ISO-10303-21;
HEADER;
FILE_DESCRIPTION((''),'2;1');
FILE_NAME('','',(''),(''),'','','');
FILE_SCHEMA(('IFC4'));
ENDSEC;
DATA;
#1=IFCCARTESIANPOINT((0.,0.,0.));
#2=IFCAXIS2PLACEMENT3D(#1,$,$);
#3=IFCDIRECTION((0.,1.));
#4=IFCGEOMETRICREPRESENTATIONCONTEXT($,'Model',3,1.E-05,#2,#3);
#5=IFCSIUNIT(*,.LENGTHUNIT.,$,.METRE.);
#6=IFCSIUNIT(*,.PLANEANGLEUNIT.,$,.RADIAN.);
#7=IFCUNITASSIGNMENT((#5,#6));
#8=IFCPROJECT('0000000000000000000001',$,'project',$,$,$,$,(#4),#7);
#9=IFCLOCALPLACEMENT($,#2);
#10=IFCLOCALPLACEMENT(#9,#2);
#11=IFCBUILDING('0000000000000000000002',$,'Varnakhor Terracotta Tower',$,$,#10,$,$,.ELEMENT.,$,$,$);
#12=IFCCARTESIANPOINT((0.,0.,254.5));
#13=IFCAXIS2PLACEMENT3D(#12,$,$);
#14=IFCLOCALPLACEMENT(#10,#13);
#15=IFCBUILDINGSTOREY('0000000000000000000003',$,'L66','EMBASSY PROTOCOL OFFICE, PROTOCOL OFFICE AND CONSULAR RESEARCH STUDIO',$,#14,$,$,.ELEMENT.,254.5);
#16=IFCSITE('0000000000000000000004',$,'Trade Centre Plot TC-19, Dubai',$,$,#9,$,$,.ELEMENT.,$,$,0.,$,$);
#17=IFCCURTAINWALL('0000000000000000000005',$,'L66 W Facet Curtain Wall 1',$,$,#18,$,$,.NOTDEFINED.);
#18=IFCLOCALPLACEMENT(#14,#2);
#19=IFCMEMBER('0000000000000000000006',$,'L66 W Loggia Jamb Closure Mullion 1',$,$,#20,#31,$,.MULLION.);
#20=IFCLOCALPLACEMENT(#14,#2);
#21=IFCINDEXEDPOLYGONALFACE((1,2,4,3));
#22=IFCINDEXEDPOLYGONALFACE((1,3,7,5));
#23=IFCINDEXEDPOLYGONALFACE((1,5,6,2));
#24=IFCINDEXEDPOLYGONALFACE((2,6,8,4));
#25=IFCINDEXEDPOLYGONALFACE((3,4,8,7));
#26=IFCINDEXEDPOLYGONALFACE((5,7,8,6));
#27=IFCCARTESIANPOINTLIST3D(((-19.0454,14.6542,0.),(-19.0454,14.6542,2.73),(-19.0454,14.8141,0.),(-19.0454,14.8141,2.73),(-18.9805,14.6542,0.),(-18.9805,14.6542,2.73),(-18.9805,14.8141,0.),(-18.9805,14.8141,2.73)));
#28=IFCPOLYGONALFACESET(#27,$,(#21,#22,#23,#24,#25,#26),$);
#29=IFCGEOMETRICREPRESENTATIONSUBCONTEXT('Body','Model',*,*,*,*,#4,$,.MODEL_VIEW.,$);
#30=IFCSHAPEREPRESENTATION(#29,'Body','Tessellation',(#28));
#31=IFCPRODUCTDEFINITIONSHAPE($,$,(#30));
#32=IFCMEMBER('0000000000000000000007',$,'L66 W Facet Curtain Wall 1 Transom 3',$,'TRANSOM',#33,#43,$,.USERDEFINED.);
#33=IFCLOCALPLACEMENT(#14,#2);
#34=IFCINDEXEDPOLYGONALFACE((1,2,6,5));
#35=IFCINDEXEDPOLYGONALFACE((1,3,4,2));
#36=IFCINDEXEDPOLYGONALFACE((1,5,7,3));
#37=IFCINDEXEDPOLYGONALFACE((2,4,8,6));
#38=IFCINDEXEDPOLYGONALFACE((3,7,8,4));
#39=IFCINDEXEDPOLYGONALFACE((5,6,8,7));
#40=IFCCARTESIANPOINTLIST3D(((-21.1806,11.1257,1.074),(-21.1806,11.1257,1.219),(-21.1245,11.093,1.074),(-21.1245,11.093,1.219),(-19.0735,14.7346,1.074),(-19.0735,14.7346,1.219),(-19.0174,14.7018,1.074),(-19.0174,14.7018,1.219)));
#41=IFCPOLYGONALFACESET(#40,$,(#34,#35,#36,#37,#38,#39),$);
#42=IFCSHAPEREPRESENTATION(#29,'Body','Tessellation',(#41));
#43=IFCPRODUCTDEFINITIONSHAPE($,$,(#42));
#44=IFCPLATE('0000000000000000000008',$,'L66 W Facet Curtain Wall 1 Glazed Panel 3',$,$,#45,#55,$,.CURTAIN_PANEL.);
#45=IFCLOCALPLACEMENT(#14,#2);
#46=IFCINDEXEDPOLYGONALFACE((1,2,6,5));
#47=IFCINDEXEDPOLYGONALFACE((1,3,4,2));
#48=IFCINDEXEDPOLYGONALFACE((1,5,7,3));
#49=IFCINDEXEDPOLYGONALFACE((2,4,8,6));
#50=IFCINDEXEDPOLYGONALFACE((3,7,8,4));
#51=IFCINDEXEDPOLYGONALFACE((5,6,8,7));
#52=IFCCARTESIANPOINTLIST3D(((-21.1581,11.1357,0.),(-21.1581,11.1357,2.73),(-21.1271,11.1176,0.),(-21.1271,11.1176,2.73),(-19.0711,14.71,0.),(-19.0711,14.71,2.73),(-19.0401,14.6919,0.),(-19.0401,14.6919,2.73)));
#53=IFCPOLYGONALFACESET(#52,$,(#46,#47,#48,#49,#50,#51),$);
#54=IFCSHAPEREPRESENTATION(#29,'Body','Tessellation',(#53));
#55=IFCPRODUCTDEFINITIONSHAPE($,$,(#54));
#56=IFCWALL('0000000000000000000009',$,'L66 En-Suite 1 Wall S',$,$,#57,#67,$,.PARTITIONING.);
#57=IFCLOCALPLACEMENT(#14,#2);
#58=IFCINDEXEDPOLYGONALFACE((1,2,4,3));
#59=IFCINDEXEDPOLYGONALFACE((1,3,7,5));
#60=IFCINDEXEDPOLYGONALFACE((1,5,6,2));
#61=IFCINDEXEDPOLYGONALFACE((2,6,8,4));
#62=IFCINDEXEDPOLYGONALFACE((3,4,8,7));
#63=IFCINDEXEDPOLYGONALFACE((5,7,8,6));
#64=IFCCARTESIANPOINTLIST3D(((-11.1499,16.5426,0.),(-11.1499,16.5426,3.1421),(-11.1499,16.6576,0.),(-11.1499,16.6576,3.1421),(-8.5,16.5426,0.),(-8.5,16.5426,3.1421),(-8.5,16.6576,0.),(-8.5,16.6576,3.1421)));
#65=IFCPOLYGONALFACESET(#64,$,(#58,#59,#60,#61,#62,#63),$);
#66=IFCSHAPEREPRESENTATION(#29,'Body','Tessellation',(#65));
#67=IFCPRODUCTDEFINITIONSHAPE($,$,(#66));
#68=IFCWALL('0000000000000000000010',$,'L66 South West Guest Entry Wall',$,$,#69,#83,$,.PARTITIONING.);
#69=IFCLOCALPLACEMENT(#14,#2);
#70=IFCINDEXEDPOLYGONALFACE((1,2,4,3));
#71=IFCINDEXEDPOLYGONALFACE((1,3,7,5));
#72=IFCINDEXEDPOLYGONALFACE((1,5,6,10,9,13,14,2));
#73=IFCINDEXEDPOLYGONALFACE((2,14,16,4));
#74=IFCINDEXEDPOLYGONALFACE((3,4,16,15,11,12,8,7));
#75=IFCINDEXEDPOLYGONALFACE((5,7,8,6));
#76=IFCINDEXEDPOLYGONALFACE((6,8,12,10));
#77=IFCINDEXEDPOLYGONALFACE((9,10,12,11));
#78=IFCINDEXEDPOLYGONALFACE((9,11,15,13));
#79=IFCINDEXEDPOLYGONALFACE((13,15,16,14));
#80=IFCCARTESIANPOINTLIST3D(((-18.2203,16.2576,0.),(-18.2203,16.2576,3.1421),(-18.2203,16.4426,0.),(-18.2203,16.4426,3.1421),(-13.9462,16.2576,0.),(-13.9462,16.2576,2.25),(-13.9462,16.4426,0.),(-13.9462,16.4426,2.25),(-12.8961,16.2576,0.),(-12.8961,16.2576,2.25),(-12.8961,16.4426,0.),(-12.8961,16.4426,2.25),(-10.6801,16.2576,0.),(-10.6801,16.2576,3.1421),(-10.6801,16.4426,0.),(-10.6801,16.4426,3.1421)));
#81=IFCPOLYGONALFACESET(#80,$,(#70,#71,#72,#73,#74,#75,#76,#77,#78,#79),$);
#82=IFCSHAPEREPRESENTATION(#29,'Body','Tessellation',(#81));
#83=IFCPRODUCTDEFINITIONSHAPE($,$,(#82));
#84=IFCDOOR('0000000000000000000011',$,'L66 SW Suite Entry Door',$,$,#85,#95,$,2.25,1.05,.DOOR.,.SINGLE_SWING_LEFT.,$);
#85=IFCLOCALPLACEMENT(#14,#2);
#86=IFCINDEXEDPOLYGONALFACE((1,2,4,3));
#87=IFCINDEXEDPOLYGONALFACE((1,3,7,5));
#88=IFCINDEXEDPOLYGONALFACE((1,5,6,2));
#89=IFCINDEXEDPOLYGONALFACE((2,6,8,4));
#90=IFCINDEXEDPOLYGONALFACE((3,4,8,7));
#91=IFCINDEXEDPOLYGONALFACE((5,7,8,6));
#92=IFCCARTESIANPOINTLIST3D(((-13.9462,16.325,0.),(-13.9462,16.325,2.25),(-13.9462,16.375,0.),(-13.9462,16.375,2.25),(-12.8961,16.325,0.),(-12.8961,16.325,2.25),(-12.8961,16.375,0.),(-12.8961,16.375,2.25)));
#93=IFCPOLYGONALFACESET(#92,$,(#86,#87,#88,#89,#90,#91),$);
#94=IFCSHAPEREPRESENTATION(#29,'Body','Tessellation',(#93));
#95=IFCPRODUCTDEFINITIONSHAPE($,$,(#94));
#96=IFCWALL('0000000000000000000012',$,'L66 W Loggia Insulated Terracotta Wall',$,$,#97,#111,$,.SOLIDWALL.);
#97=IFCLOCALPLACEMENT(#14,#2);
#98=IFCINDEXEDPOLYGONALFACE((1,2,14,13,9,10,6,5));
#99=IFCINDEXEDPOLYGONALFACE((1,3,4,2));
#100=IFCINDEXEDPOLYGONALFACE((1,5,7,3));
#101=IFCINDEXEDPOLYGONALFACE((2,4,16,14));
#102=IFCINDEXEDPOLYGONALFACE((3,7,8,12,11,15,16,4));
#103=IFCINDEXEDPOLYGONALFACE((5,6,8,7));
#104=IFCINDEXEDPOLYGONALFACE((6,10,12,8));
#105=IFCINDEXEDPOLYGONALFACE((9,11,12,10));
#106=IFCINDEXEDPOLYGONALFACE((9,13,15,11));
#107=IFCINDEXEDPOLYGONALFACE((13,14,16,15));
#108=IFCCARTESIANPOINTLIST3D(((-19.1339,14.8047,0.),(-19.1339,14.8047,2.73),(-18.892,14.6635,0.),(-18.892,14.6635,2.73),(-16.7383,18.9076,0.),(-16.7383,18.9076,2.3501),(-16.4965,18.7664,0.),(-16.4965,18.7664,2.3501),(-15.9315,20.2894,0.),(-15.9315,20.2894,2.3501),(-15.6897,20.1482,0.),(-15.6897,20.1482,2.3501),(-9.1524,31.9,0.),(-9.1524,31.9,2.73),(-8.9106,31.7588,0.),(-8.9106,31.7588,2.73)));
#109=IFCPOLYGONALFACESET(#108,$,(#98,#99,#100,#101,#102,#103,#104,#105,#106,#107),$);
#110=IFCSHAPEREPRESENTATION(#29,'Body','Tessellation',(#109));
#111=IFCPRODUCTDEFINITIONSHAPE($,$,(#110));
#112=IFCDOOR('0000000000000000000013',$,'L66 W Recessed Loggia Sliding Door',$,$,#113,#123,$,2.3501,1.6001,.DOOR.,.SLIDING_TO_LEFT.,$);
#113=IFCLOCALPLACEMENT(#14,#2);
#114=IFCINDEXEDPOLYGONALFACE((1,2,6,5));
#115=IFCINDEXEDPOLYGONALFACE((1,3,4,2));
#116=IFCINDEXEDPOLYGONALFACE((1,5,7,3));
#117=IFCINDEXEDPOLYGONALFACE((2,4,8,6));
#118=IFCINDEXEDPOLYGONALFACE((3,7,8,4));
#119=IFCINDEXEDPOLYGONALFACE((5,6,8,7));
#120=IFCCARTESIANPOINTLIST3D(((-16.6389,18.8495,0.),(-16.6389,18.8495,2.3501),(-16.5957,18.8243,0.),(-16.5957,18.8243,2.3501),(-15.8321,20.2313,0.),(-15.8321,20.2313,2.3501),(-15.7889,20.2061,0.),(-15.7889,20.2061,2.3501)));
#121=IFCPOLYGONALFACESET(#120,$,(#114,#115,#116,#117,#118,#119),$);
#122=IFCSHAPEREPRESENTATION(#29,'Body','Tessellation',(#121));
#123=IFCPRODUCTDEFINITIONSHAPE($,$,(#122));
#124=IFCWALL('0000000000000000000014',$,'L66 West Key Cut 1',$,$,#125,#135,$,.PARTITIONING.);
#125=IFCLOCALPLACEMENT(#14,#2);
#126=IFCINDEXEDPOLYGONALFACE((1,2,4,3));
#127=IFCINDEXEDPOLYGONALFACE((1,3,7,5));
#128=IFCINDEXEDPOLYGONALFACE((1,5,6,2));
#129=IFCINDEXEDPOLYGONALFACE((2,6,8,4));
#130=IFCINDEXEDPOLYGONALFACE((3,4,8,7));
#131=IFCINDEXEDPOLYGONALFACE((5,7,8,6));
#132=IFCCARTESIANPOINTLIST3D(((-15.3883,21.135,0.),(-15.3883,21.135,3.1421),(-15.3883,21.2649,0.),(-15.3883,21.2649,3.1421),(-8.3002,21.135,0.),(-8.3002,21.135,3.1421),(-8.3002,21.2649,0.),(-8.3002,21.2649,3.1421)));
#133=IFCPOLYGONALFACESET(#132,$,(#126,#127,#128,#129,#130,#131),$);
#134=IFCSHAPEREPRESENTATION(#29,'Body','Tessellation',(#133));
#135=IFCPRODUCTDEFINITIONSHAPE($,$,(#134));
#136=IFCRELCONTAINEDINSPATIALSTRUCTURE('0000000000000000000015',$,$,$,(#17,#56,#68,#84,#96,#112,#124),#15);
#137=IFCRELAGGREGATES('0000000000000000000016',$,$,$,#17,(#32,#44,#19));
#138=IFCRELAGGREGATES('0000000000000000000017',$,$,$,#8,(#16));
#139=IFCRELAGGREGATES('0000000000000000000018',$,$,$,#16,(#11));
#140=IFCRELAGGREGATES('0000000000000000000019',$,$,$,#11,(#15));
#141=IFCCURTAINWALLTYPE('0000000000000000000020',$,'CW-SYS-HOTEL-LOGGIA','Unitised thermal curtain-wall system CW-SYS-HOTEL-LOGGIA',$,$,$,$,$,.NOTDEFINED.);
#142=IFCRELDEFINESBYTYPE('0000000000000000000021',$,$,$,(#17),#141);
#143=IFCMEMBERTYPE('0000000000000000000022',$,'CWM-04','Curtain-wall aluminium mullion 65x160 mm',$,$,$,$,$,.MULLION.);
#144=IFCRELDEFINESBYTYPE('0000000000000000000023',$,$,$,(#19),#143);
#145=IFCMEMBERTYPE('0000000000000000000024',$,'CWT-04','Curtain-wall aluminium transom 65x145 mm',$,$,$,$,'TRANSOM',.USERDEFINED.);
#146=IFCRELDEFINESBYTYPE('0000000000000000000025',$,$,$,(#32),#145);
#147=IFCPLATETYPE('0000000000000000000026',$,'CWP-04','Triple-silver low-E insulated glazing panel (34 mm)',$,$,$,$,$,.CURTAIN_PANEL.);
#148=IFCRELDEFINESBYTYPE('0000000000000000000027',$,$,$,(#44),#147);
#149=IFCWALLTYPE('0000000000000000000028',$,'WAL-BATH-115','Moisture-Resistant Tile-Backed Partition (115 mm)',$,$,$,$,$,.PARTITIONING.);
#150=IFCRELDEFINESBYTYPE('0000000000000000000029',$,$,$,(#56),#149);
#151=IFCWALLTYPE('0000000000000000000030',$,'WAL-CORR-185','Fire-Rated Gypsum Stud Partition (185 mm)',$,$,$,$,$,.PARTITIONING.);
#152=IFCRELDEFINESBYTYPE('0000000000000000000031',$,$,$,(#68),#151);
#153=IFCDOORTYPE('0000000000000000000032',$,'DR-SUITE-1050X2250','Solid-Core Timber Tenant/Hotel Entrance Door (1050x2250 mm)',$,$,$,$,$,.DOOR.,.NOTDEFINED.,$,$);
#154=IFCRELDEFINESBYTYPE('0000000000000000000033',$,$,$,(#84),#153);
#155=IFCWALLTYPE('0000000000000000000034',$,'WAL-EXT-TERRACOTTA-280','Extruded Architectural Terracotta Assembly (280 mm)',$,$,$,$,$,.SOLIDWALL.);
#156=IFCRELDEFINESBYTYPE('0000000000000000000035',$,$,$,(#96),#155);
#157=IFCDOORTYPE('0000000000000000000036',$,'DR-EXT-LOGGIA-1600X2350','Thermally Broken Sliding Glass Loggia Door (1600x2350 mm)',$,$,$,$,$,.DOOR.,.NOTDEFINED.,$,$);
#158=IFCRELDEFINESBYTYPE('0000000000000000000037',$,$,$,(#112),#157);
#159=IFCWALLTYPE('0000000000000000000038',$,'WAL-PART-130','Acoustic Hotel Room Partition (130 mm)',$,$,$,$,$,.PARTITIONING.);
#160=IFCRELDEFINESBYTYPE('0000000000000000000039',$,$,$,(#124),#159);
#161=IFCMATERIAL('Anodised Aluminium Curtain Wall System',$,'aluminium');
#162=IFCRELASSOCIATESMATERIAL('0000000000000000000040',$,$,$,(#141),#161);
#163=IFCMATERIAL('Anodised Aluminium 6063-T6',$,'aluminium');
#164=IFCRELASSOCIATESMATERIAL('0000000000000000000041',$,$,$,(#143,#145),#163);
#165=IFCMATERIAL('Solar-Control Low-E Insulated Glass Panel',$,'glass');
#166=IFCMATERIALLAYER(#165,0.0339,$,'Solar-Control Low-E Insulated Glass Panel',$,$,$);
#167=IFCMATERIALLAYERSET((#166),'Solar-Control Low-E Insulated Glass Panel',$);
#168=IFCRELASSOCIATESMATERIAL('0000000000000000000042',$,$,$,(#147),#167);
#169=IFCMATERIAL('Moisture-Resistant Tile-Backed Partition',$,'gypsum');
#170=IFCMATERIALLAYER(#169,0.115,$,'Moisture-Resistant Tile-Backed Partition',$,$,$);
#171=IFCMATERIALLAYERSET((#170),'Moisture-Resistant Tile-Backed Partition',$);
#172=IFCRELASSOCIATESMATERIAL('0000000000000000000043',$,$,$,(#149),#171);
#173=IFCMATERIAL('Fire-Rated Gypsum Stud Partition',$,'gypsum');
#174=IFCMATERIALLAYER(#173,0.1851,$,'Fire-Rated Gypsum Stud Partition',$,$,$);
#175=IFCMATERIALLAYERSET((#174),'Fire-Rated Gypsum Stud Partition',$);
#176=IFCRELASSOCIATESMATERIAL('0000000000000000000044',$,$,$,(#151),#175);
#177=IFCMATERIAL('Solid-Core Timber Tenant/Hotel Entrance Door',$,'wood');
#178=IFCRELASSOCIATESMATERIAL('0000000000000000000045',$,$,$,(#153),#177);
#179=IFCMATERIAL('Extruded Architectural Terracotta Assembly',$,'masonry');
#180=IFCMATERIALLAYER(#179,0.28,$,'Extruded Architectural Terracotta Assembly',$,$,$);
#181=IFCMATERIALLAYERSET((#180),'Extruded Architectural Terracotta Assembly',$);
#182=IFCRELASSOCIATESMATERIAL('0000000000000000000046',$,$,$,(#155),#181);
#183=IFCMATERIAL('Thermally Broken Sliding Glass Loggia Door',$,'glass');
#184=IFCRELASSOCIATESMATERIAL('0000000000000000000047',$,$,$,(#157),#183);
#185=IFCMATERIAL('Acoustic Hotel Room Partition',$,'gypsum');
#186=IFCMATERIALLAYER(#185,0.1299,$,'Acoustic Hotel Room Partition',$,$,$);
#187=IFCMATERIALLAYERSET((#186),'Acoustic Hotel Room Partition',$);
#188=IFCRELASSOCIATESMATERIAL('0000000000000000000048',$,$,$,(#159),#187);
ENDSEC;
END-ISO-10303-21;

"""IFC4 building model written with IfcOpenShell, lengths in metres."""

from ifc_helpers import new_model, si_unit, direction, frame, frame_2d, origin, origin_2d, place, context, subcontext, project, spatial, rectangle, extrude, source, transform, mapped, material, layer, layer_set, material_profile, profile_set, type_object, type_shapes, element, fill, aggregate, save


model = new_model("IFC4")

# Units and contexts
model_context = context("Model", 3, precision=1e-05, world=origin(), true_north=direction((0.0, 1.0)))
body_context = subcontext(model_context, "Body", "Model", "MODEL_VIEW")
ifc_project = project(units=[si_unit("LENGTHUNIT", "METRE"), si_unit("PLANEANGLEUNIT", "RADIAN")], contexts=[model_context])

# Site, building, storey
site_placement = place(None, origin())
site = spatial("IfcSite", under=ifc_project, at=site_placement, Name="Trade Centre Plot TC-19, Dubai", CompositionType="ELEMENT", RefElevation=0.0)
building_placement = place(site_placement, origin())
building = spatial("IfcBuilding", under=site, at=building_placement, Name="Varnakhor Terracotta Tower", CompositionType="ELEMENT")
storey_placement = place(building_placement, frame((0.0, 0.0, 254.5)))
storey = spatial("IfcBuildingStorey", under=building, at=storey_placement, Name="L66", Description="EMBASSY PROTOCOL OFFICE, PROTOCOL OFFICE AND CONSULAR RESEARCH STUDIO", CompositionType="ELEMENT", Elevation=254.5)

# Curtain wall, members, plate
ifc_material_1 = material(Name="Anodised Aluminium Curtain Wall System", Category="aluminium")
curtain_wall_type = type_object("IfcCurtainWallType", Name="CW-SYS-HOTEL-LOGGIA", Description="Unitised thermal curtain-wall system CW-SYS-HOTEL-LOGGIA", PredefinedType="NOTDEFINED", material=ifc_material_1)
curtain_wall_placement = place(storey_placement, origin())
curtain_wall = element("IfcCurtainWall", 1, at=curtain_wall_placement, inside=storey, type_object=curtain_wall_type, Name="L66 W Facet Curtain Wall 1", PredefinedType="NOTDEFINED")
ifc_material_2 = material(Name="Anodised Aluminium 6063-T6", Category="aluminium")
ifc_material_profile_1 = material_profile(ifc_material_2, rectangle(XDim=0.0649, YDim=0.1599, at=origin_2d()), Name="ALU MULLION 65x160")
ifc_profile_set_1 = profile_set([ifc_material_profile_1], Name="Anodised Aluminium 6063-T6")
member_type_1 = type_object("IfcMemberType", Name="CWM-04", Description="Curtain-wall aluminium mullion 65x160 mm", PredefinedType="MULLION", material=ifc_profile_set_1)
shared_shape_1 = source(origin(), body_context, "Body", "SweptSolid", [
    extrude(rectangle(XDim=0.0649, YDim=0.1599, at=origin_2d()), origin(), (0.0, 0.0, 1.0), 2.73),
])
member_1_placement = place(storey_placement, frame((-19.0129, 14.7341, 0.0), z_axis=(0.0, 0.0, 1.0), x_axis=(1.0, 0.0, 0.0)))
member_1 = element("IfcMember", 2, at=member_1_placement, type_object=member_type_1, Name="L66 W Loggia Jamb Closure Mullion 1", PredefinedType="MULLION", context=body_context, shape_type="MappedRepresentation", body=[
    mapped(shared_shape_1, transform((0.0, 0.0, 0.0), scale=1.0)),
])
ifc_material_profile_2 = material_profile(ifc_material_2, rectangle(XDim=0.0649, YDim=0.145, at=origin_2d()), Name="ALU TRANSOM 65x145")
ifc_profile_set_2 = profile_set([ifc_material_profile_2], Name="Anodised Aluminium 6063-T6")
member_type_2 = type_object("IfcMemberType", Name="CWT-04", Description="Curtain-wall aluminium transom 65x145 mm", ElementType="TRANSOM", PredefinedType="USERDEFINED", material=ifc_profile_set_2)
shared_shape_2 = source(origin(), body_context, "Body", "SweptSolid", [
    extrude(rectangle(XDim=0.0649, YDim=0.145, at=origin_2d()), origin(), (0.0, 0.0, 1.0), 4.179),
])
member_2_placement = place(storey_placement, frame((-21.1526, 11.1094, 1.1465), z_axis=(0.504227, 0.863571, 0.0), x_axis=(-0.863571, 0.504227, 0.0)))
member_2 = element("IfcMember", 3, at=member_2_placement, type_object=member_type_2, Name="L66 W Facet Curtain Wall 1 Transom 3", ObjectType="TRANSOM", PredefinedType="USERDEFINED", context=body_context, shape_type="MappedRepresentation", body=[
    mapped(shared_shape_2, transform((0.0, 0.0, 0.0), scale=1.0)),
])
ifc_material_3 = material(Name="Solar-Control Low-E Insulated Glass Panel", Category="glass")
ifc_layer_1 = layer(ifc_material_3, 0.0339, Name="Solar-Control Low-E Insulated Glass Panel")
ifc_layer_set_1 = layer_set([ifc_layer_1], Name="Solar-Control Low-E Insulated Glass Panel")
plate_type = type_object("IfcPlateType", Name="CWP-04", Description="Triple-silver low-E insulated glazing panel (34 mm)", PredefinedType="CURTAIN_PANEL", material=ifc_layer_set_1)
shared_shape_3 = source(origin(), body_context, "Body", "SweptSolid", [
    extrude(rectangle(XDim=4.1389, YDim=0.0359, at=origin_2d()), origin(), (0.0, 0.0, 1.0), 2.73),
])
plate_placement = place(storey_placement, frame((-20.0991, 12.9138, 0.0), z_axis=(0.0, 0.0, 1.0), x_axis=(0.504226, 0.863572, 0.0)))
plate = element("IfcPlate", 4, at=plate_placement, type_object=plate_type, Name="L66 W Facet Curtain Wall 1 Glazed Panel 3", PredefinedType="CURTAIN_PANEL", context=body_context, shape_type="MappedRepresentation", body=[
    mapped(shared_shape_3, transform((0.0, 0.0, 0.0), scale=1.0)),
])
aggregate(curtain_wall, [member_2, plate, member_1])

# Wall
ifc_material_4 = material(Name="Moisture-Resistant Tile-Backed Partition", Category="gypsum")
ifc_layer_2 = layer(ifc_material_4, 0.115, Name="Moisture-Resistant Tile-Backed Partition")
ifc_layer_set_2 = layer_set([ifc_layer_2], Name="Moisture-Resistant Tile-Backed Partition")
wall_type_1 = type_object("IfcWallType", Name="WAL-BATH-115", Description="Moisture-Resistant Tile-Backed Partition (115 mm)", PredefinedType="PARTITIONING", material=ifc_layer_set_2)
wall_1_placement = place(storey_placement, frame((-11.1499, 16.6001, 0.0), z_axis=(0.0, 0.0, 1.0), x_axis=(1.0, 0.0, 0.0)))
element("IfcWall", 5, at=wall_1_placement, inside=storey, type_object=wall_type_1, Name="L66 En-Suite 1 Wall S", PredefinedType="PARTITIONING", context=body_context, shape_type="SweptSolid", body=[
    extrude(rectangle(XDim=2.6499, YDim=0.115, at=frame_2d((1.325, 0.0))), origin(), (0.0, 0.0, 1.0), 3.1421),
])

# Walls, openings, doors
ifc_material_5 = material(Name="Fire-Rated Gypsum Stud Partition", Category="gypsum")
ifc_layer_3 = layer(ifc_material_5, 0.1851, Name="Fire-Rated Gypsum Stud Partition")
ifc_layer_set_3 = layer_set([ifc_layer_3], Name="Fire-Rated Gypsum Stud Partition")
wall_type_2 = type_object("IfcWallType", Name="WAL-CORR-185", Description="Fire-Rated Gypsum Stud Partition (185 mm)", PredefinedType="PARTITIONING", material=ifc_layer_set_3)
wall_2_placement = place(storey_placement, frame((-18.2202, 16.3501, 0.0), z_axis=(0.0, 0.0, 1.0), x_axis=(1.0, 0.0, 0.0)))
wall_2 = element("IfcWall", 6, at=wall_2_placement, inside=storey, type_object=wall_type_2, Name="L66 South West Guest Entry Wall", PredefinedType="PARTITIONING", context=body_context, shape_type="SweptSolid", body=[
    extrude(rectangle(XDim=7.5403, YDim=0.1851, at=frame_2d((3.77, 0.0))), origin(), (0.0, 0.0, 1.0), 3.1421),
])
opening_1_placement = place(wall_2_placement, frame((4.2742, 0.0, 0.0)))
opening_1 = element("IfcOpeningElement", 7, at=opening_1_placement, cuts=wall_2, PredefinedType="OPENING", context=body_context, shape_type="SweptSolid", body=[
    extrude(rectangle(XDim=1.05, YDim=2.25, at=frame_2d((0.5249, 1.125))), frame((0.0, 0.1025, 0.0), z_axis=(0.0, -1.0, 0.0), x_axis=(1.0, 0.0, 0.0)), (0.0, 0.0, 1.0), 0.2051),
])
ifc_material_6 = material(Name="Solid-Core Timber Tenant/Hotel Entrance Door", Category="wood")
door_type_1 = type_object("IfcDoorType", Name="DR-SUITE-1050X2250", Description="Solid-Core Timber Tenant/Hotel Entrance Door (1050x2250 mm)", OperationType="NOTDEFINED", PredefinedType="DOOR", material=ifc_material_6)
shared_shape_4 = source(origin(), body_context, "Body", "SweptSolid", [
    extrude(rectangle(XDim=1.05, YDim=2.25, at=frame_2d((0.5249, 1.125))), frame((0.0, 0.0249, 0.0), z_axis=(0.0, -1.0, 0.0), x_axis=(1.0, 0.0, 0.0)), (0.0, 0.0, 1.0), 0.05),
])
type_shapes(door_type_1, [shared_shape_4])
door_1_placement = place(opening_1_placement, origin())
door_1 = element("IfcDoor", 8, at=door_1_placement, inside=storey, type_object=door_type_1, Name="L66 SW Suite Entry Door", OperationType="SINGLE_SWING_LEFT", OverallHeight=2.25, OverallWidth=1.05, PredefinedType="DOOR", context=body_context, shape_type="MappedRepresentation", body=[
    mapped(shared_shape_4, transform((0.0, 0.0, 0.0), scale=1.0)),
])
fill(opening_1, door_1)
ifc_material_7 = material(Name="Extruded Architectural Terracotta Assembly", Category="masonry")
ifc_layer_4 = layer(ifc_material_7, 0.28, Name="Extruded Architectural Terracotta Assembly")
ifc_layer_set_4 = layer_set([ifc_layer_4], Name="Extruded Architectural Terracotta Assembly")
wall_type_3 = type_object("IfcWallType", Name="WAL-EXT-TERRACOTTA-280", Description="Extruded Architectural Terracotta Assembly (280 mm)", PredefinedType="SOLIDWALL", material=ifc_layer_set_4)
wall_3_placement = place(storey_placement, frame((-19.0129, 14.7341, 0.0), z_axis=(0.0, 0.0, 1.0), x_axis=(0.504219, 0.863576, 0.0)))
wall_3 = element("IfcWall", 9, at=wall_3_placement, inside=storey, type_object=wall_type_3, Name="L66 W Loggia Insulated Terracotta Wall", PredefinedType="SOLIDWALL", context=body_context, shape_type="SweptSolid", body=[
    extrude(rectangle(XDim=19.7959, YDim=0.28, at=frame_2d((9.8979, 0.0))), origin(), (0.0, 0.0, 1.0), 2.73),
])
opening_2_placement = place(wall_3_placement, frame((4.751, 0.0, 0.0)))
opening_2 = element("IfcOpeningElement", 10, at=opening_2_placement, cuts=wall_3, PredefinedType="OPENING", context=body_context, shape_type="SweptSolid", body=[
    extrude(rectangle(XDim=1.6001, YDim=2.3501, at=frame_2d((0.8, 1.175))), frame((0.0, 0.1499, 0.0), z_axis=(0.0, -1.0, 0.0), x_axis=(1.0, 0.0, 0.0)), (0.0, 0.0, 1.0), 0.3),
])
ifc_material_8 = material(Name="Thermally Broken Sliding Glass Loggia Door", Category="glass")
door_type_2 = type_object("IfcDoorType", Name="DR-EXT-LOGGIA-1600X2350", Description="Thermally Broken Sliding Glass Loggia Door (1600x2350 mm)", OperationType="NOTDEFINED", PredefinedType="DOOR", material=ifc_material_8)
shared_shape_5 = source(origin(), body_context, "Body", "SweptSolid", [
    extrude(rectangle(XDim=1.6001, YDim=2.3501, at=frame_2d((0.8, 1.175))), frame((0.0, 0.0249, 0.0), z_axis=(0.0, -1.0, 0.0), x_axis=(1.0, 0.0, 0.0)), (0.0, 0.0, 1.0), 0.05),
])
type_shapes(door_type_2, [shared_shape_5])
door_2_placement = place(opening_2_placement, origin())
door_2 = element("IfcDoor", 11, at=door_2_placement, inside=storey, type_object=door_type_2, Name="L66 W Recessed Loggia Sliding Door", OperationType="SLIDING_TO_LEFT", OverallHeight=2.3501, OverallWidth=1.6001, PredefinedType="DOOR", context=body_context, shape_type="MappedRepresentation", body=[
    mapped(shared_shape_5, transform((0.0, 0.0, 0.0), scale=1.0)),
])
fill(opening_2, door_2)

# Wall
ifc_material_9 = material(Name="Acoustic Hotel Room Partition", Category="gypsum")
ifc_layer_5 = layer(ifc_material_9, 0.1299, Name="Acoustic Hotel Room Partition")
ifc_layer_set_5 = layer_set([ifc_layer_5], Name="Acoustic Hotel Room Partition")
wall_type_4 = type_object("IfcWallType", Name="WAL-PART-130", Description="Acoustic Hotel Room Partition (130 mm)", PredefinedType="PARTITIONING", material=ifc_layer_set_5)
wall_4_placement = place(storey_placement, frame((-15.3882, 21.2, 0.0), z_axis=(0.0, 0.0, 1.0), x_axis=(1.0, 0.0, 0.0)))
element("IfcWall", 12, at=wall_4_placement, inside=storey, type_object=wall_type_4, Name="L66 West Key Cut 1", PredefinedType="PARTITIONING", context=body_context, shape_type="SweptSolid", body=[
    extrude(rectangle(XDim=7.0881, YDim=0.1299, at=frame_2d((3.5439, 0.0))), origin(), (0.0, 0.0, 1.0), 3.1421),
])

save(model, "model.ifc")
